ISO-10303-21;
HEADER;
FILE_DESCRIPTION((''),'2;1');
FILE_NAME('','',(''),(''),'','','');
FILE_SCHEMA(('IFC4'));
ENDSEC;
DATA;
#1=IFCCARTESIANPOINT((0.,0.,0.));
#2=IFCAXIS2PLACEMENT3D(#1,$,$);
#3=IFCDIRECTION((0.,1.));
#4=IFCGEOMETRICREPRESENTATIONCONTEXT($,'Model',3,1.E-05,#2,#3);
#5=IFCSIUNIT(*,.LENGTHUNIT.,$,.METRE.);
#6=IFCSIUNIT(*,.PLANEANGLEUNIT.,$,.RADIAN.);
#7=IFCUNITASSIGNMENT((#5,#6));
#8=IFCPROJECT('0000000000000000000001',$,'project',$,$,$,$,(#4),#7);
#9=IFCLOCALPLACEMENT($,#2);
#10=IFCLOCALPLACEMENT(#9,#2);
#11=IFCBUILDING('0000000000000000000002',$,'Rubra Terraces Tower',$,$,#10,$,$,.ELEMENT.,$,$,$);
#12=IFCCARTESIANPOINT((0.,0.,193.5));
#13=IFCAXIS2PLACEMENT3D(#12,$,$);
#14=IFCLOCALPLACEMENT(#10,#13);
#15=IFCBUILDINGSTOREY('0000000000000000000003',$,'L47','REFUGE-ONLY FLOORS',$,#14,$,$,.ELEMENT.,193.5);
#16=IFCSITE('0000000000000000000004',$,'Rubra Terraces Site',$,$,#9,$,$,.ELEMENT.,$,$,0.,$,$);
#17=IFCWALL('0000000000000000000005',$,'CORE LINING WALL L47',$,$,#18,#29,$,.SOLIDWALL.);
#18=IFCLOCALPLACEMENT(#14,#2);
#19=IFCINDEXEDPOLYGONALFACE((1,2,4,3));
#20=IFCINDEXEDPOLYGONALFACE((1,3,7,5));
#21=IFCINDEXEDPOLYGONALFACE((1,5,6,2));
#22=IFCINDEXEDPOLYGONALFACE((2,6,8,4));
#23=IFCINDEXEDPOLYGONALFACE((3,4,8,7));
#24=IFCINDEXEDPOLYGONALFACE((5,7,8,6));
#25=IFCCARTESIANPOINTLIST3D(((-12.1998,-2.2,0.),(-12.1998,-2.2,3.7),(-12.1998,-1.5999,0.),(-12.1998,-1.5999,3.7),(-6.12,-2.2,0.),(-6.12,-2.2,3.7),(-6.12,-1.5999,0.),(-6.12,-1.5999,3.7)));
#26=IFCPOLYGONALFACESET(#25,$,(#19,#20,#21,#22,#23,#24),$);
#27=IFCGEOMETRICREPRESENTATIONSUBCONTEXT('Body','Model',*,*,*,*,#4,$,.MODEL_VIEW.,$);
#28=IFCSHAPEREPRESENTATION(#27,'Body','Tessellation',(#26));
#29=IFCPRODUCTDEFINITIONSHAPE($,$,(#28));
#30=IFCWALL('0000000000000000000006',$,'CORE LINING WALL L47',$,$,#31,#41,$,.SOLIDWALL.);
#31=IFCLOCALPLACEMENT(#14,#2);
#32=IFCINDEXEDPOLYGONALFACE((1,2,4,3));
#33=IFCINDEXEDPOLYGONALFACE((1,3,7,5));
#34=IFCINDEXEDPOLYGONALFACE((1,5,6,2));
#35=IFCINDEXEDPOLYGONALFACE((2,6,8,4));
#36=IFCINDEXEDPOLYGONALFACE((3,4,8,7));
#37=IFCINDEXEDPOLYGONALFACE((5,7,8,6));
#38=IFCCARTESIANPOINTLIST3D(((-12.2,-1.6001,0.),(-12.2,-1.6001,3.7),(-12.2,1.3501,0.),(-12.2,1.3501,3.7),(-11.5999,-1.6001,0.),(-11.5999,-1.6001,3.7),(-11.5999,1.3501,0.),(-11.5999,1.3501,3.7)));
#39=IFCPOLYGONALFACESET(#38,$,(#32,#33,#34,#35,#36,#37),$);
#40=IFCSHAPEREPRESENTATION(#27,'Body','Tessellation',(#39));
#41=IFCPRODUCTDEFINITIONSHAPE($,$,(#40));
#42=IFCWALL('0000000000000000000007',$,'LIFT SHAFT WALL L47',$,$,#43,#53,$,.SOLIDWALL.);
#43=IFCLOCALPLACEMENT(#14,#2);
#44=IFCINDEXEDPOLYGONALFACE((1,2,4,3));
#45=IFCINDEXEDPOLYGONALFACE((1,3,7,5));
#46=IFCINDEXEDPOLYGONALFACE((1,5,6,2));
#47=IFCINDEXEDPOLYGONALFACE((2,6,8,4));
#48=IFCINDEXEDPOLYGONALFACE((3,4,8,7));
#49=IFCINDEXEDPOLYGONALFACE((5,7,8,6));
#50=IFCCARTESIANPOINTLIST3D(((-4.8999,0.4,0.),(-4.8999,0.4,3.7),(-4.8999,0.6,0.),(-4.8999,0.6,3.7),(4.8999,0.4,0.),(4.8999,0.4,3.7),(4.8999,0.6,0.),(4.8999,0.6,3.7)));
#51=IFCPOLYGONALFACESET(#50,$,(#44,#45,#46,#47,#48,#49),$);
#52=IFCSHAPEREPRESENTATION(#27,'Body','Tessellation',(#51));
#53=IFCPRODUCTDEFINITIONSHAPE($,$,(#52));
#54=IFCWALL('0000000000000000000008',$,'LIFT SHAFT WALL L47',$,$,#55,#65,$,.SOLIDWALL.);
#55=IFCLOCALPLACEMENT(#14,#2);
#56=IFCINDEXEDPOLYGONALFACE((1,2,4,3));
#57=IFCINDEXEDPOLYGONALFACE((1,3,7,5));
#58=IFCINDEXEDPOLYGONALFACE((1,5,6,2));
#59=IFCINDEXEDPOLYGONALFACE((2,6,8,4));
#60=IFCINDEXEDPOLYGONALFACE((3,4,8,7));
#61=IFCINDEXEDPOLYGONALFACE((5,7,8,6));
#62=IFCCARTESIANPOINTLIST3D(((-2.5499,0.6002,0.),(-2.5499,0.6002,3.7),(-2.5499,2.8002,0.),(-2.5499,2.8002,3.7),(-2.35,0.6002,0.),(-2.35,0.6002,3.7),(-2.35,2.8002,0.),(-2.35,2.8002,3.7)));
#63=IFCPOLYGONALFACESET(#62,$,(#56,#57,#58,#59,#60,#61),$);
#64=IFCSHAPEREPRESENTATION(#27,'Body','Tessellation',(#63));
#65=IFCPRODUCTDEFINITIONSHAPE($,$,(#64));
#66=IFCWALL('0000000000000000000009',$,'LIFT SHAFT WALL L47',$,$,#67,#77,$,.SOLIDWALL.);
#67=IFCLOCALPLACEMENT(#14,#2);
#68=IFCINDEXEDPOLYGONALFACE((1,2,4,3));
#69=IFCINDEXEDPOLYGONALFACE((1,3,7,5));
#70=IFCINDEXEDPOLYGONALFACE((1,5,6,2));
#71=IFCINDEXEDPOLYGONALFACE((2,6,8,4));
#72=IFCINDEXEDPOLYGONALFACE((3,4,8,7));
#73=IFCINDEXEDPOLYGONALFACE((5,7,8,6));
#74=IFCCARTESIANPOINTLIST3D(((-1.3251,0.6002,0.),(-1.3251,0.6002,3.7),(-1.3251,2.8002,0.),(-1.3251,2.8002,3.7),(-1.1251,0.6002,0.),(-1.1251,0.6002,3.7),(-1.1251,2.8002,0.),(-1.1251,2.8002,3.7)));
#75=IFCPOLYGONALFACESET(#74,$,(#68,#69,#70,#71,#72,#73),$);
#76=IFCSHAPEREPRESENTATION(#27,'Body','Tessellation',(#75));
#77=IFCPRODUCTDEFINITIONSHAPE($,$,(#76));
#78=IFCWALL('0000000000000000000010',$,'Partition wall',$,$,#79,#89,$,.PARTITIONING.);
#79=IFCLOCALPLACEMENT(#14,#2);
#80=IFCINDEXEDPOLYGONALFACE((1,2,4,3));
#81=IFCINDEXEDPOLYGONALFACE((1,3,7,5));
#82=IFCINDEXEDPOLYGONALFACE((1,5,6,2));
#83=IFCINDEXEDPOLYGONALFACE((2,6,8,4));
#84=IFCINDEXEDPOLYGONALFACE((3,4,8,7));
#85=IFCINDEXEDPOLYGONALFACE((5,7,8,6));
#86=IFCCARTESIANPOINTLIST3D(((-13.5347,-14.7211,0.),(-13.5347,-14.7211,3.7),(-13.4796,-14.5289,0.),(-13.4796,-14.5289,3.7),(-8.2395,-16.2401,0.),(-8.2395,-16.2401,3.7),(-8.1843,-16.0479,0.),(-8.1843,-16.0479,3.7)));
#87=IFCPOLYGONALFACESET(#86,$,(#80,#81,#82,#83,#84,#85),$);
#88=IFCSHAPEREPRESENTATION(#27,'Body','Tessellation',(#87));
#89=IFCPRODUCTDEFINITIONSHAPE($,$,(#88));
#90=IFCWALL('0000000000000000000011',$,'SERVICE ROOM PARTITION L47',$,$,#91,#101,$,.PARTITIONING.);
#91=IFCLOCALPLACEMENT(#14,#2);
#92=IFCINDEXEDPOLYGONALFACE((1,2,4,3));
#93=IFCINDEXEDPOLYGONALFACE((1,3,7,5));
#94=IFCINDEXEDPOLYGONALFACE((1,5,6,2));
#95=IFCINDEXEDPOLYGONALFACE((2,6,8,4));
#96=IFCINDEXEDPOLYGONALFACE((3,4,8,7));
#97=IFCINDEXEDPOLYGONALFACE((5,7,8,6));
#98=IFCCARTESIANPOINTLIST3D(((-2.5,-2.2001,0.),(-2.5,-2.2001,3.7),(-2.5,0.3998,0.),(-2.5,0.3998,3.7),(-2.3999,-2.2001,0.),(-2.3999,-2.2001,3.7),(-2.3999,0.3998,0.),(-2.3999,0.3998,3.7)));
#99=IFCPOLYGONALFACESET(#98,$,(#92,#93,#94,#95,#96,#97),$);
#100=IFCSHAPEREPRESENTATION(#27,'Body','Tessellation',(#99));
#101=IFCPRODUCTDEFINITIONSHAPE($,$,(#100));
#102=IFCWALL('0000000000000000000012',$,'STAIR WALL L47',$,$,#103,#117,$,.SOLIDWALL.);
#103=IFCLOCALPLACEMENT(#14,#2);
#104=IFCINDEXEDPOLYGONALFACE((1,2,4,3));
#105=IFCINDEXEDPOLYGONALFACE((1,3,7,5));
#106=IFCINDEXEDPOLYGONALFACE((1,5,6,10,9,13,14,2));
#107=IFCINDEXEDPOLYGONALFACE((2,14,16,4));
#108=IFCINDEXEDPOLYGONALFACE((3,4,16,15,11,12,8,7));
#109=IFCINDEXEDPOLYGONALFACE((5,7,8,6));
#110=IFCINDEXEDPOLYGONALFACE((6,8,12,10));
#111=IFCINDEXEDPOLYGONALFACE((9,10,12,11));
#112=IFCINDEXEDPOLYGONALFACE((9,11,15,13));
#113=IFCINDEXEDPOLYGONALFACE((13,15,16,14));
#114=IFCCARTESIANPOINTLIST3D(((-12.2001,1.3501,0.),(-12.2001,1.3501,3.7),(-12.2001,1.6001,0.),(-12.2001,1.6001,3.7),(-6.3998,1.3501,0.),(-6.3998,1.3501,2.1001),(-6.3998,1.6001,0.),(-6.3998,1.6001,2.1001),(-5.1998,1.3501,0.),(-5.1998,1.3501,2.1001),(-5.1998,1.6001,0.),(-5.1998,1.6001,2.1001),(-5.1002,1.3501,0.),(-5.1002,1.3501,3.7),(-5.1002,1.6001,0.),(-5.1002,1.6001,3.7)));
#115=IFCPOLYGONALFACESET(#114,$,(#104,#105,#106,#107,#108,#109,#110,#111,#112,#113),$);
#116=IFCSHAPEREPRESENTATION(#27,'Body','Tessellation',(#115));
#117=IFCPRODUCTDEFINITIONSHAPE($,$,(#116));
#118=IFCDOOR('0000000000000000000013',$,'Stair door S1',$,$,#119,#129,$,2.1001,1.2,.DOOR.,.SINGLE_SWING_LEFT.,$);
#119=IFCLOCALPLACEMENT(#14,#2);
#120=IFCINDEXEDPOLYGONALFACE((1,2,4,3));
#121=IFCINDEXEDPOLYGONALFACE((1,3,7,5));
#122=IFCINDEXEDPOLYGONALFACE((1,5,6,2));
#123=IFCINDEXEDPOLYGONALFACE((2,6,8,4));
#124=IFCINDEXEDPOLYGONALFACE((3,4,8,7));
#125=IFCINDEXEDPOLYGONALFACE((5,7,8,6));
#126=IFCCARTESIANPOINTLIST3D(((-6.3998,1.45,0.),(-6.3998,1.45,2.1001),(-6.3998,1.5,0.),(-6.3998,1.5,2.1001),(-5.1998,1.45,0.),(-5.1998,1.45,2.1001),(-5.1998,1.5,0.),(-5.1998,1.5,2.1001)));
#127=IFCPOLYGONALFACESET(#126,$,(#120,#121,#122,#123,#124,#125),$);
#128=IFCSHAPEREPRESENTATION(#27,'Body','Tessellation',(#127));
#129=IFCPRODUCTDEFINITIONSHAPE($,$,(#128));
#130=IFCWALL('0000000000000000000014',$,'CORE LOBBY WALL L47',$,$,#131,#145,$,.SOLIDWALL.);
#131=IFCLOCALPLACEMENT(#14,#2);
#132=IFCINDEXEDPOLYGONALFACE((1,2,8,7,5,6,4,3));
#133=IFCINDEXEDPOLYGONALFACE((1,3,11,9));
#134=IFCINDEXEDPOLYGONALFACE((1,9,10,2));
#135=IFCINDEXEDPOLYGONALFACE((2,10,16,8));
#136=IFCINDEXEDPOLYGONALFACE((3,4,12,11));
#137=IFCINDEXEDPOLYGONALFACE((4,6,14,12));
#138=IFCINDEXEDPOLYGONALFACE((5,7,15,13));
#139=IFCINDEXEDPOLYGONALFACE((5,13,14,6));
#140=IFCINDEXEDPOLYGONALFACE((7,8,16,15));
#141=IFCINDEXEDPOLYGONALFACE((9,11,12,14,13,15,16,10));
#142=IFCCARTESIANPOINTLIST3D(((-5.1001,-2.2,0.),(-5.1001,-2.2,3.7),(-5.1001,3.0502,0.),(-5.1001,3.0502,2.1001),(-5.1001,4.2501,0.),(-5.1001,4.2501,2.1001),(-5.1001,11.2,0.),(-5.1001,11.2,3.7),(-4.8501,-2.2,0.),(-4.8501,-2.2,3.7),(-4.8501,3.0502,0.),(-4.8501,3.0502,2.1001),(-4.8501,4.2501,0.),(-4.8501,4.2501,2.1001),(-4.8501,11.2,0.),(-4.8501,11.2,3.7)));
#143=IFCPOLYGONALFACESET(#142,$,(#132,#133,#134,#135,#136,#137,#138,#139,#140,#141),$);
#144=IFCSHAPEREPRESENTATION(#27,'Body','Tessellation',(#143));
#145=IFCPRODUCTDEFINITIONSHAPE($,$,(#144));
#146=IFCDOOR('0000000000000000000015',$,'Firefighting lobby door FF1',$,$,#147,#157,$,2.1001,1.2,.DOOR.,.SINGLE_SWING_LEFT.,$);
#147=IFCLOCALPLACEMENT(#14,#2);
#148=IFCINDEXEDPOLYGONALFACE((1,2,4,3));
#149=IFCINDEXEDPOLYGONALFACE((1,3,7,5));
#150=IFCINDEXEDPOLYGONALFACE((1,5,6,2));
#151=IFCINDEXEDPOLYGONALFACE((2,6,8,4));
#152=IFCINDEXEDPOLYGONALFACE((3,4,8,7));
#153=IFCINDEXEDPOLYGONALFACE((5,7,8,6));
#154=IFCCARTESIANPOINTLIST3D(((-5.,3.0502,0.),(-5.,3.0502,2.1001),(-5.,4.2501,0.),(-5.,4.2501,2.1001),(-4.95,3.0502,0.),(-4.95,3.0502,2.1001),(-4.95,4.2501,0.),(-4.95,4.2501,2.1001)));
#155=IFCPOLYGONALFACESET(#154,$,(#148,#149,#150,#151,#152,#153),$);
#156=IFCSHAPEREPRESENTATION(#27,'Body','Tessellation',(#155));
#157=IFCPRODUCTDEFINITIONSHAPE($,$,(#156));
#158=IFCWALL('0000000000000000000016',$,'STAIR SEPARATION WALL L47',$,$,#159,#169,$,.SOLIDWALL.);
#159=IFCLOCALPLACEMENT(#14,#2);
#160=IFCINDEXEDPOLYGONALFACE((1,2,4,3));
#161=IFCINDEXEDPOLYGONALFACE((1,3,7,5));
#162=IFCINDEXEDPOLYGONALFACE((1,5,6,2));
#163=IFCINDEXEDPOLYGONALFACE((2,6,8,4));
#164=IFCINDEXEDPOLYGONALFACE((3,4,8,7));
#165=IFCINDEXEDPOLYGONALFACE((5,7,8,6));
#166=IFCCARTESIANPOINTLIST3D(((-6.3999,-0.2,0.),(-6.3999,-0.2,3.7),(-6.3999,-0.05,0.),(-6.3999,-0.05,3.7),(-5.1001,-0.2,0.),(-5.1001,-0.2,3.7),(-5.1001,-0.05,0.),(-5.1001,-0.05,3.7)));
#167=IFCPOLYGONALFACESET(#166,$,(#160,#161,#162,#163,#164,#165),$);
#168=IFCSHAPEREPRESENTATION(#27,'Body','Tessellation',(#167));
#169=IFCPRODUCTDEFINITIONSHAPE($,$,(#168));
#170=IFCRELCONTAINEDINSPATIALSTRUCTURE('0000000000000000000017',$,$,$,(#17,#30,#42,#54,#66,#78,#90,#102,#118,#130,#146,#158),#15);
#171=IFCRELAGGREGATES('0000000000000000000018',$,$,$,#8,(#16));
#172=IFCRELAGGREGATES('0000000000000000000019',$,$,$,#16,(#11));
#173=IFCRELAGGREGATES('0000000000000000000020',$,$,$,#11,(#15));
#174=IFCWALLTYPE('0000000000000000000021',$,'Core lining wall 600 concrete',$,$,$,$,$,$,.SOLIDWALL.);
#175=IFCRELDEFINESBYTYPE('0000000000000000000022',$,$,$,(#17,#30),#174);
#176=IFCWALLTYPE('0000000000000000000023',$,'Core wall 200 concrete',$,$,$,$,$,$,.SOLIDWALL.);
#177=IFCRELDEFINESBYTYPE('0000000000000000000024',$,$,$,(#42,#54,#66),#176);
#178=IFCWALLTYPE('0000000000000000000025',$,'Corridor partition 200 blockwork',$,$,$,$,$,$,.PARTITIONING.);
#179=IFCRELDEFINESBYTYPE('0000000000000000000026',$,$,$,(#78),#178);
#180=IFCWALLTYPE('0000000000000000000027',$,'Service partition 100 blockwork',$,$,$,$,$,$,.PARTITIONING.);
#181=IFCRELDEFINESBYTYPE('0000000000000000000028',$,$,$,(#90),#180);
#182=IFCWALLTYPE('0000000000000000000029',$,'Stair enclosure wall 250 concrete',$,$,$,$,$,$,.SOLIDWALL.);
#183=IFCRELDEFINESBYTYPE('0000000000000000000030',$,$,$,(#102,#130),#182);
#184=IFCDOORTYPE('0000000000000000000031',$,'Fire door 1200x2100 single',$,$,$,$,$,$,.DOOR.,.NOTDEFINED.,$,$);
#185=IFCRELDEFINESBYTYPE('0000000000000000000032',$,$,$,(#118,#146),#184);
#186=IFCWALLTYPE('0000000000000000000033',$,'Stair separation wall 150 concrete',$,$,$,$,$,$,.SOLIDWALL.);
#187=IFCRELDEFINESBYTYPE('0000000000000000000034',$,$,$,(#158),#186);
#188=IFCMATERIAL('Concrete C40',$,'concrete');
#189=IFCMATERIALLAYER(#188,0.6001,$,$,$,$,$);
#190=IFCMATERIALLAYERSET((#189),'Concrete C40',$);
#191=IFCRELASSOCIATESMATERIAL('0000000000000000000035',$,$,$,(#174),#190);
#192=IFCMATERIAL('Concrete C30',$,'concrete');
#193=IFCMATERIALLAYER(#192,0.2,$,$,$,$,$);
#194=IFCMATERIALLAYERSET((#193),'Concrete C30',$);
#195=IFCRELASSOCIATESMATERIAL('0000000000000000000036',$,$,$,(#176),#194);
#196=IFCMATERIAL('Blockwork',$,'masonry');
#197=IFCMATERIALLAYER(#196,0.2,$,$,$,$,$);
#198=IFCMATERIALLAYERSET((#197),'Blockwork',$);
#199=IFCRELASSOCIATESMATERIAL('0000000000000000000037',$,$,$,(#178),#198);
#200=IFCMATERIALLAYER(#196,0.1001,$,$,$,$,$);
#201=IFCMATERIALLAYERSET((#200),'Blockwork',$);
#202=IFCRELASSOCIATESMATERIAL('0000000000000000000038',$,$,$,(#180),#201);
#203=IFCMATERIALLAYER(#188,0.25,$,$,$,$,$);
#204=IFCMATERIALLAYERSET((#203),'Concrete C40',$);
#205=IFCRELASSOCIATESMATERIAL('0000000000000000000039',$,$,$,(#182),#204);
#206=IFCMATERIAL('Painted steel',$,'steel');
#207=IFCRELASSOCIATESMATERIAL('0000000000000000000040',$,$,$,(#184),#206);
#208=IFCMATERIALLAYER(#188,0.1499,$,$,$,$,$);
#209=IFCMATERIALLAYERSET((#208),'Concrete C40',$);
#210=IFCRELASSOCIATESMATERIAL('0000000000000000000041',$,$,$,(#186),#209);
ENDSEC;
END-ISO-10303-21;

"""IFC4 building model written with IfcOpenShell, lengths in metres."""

from ifc_helpers import new_model, si_unit, direction, frame, frame_2d, origin, place, context, subcontext, project, spatial, rectangle, extrude, material, layer, layer_set, type_object, element, fill, save


model = new_model("IFC4")

# Units and contexts
model_context = context("Model", 3, precision=1e-05, world=origin(), true_north=direction((0.0, 1.0)))
body_context = subcontext(model_context, "Body", "Model", "MODEL_VIEW")
ifc_project = project(units=[si_unit("LENGTHUNIT", "METRE"), si_unit("PLANEANGLEUNIT", "RADIAN")], contexts=[model_context])

# Site, building, storey
site_placement = place(None, origin())
site = spatial("IfcSite", under=ifc_project, at=site_placement, Name="Rubra Terraces Site", CompositionType="ELEMENT", RefElevation=0.0)
building_placement = place(site_placement, origin())
building = spatial("IfcBuilding", under=site, at=building_placement, Name="Rubra Terraces Tower", CompositionType="ELEMENT")
storey_placement = place(building_placement, frame((0.0, 0.0, 193.5)))
storey = spatial("IfcBuildingStorey", under=building, at=storey_placement, Name="L47", Description="REFUGE-ONLY FLOORS", CompositionType="ELEMENT", Elevation=193.5)

# Shared definitions
ifc_material_1 = material(Name="Painted steel", Category="steel")

# Walls
ifc_material_2 = material(Name="Concrete C40", Category="concrete")
ifc_layer_1 = layer(ifc_material_2, 0.6001)
ifc_layer_set_1 = layer_set([ifc_layer_1], Name="Concrete C40")
wall_type_1 = type_object("IfcWallType", Name="Core lining wall 600 concrete", PredefinedType="SOLIDWALL", material=ifc_layer_set_1)
wall_1_placement = place(storey_placement, frame((-12.2, -1.8999, 0.0), z_axis=(0.0, 0.0, 1.0), x_axis=(1.0, 0.0, 0.0)))
element("IfcWall", 1, at=wall_1_placement, inside=storey, type_object=wall_type_1, Name="CORE LINING WALL L47", PredefinedType="SOLIDWALL", context=body_context, shape_type="SweptSolid", body=[
    extrude(rectangle(XDim=6.0798, YDim=0.6001, at=frame_2d((3.04, 0.0))), origin(), (0.0, 0.0, 1.0), 3.7),
])
wall_2_placement = place(storey_placement, frame((-11.8999, -1.6001, 0.0), z_axis=(0.0, 0.0, 1.0), x_axis=(0.0, 1.0, 0.0)))
element("IfcWall", 2, at=wall_2_placement, inside=storey, type_object=wall_type_1, Name="CORE LINING WALL L47", PredefinedType="SOLIDWALL", context=body_context, shape_type="SweptSolid", body=[
    extrude(rectangle(XDim=2.9502, YDim=0.6001, at=frame_2d((1.4751, 0.0))), origin(), (0.0, 0.0, 1.0), 3.7),
])
ifc_material_3 = material(Name="Concrete C30", Category="concrete")
ifc_layer_2 = layer(ifc_material_3, 0.2)
ifc_layer_set_2 = layer_set([ifc_layer_2], Name="Concrete C30")
wall_type_2 = type_object("IfcWallType", Name="Core wall 200 concrete", PredefinedType="SOLIDWALL", material=ifc_layer_set_2)
wall_3_placement = place(storey_placement, frame((-4.8999, 0.5, 0.0), z_axis=(0.0, 0.0, 1.0), x_axis=(1.0, 0.0, 0.0)))
element("IfcWall", 3, at=wall_3_placement, inside=storey, type_object=wall_type_2, Name="LIFT SHAFT WALL L47", PredefinedType="SOLIDWALL", context=body_context, shape_type="SweptSolid", body=[
    extrude(rectangle(XDim=9.7998, YDim=0.2, at=frame_2d((4.8999, 0.0))), origin(), (0.0, 0.0, 1.0), 3.7),
])
for number, where, z_axis, x_axis, name in (
    (4, (-2.45, 0.6001, 0.0), (0.0, 0.0, 1.0), (0.0, 1.0, 0.0), "LIFT SHAFT WALL L47"),
    (5, (-1.2251, 0.6001, 0.0), (0.0, 0.0, 1.0), (0.0, 1.0, 0.0), "LIFT SHAFT WALL L47"),
):
    element("IfcWall", number, at=place(storey_placement, frame(where, z_axis=z_axis, x_axis=x_axis)), inside=storey, type_object=wall_type_2, Name=name, PredefinedType="SOLIDWALL", context=body_context, shape_type="SweptSolid", body=[
        extrude(rectangle(XDim=2.2, YDim=0.2, at=frame_2d((1.1001, 0.0))), origin(), (0.0, 0.0, 1.0), 3.7),
    ])
ifc_material_4 = material(Name="Blockwork", Category="masonry")
ifc_layer_3 = layer(ifc_material_4, 0.2)
ifc_layer_set_3 = layer_set([ifc_layer_3], Name="Blockwork")
wall_type_3 = type_object("IfcWallType", Name="Corridor partition 200 blockwork", PredefinedType="PARTITIONING", material=ifc_layer_set_3)
wall_4_placement = place(storey_placement, frame((-8.2119, -16.144, 0.0), z_axis=(0.0, 0.0, 1.0), x_axis=(-0.961229, 0.275751, 0.0)))
element("IfcWall", 6, at=wall_4_placement, inside=storey, type_object=wall_type_3, Name="Partition wall", PredefinedType="PARTITIONING", context=body_context, shape_type="SweptSolid", body=[
    extrude(rectangle(XDim=5.5088, YDim=0.2, at=frame_2d((2.7544, 0.0))), origin(), (0.0, 0.0, 1.0), 3.7),
])
ifc_layer_4 = layer(ifc_material_4, 0.1001)
ifc_layer_set_4 = layer_set([ifc_layer_4], Name="Blockwork")
wall_type_4 = type_object("IfcWallType", Name="Service partition 100 blockwork", PredefinedType="PARTITIONING", material=ifc_layer_set_4)
wall_5_placement = place(storey_placement, frame((-2.45, -2.2, 0.0), z_axis=(0.0, 0.0, 1.0), x_axis=(0.0, 1.0, 0.0)))
element("IfcWall", 7, at=wall_5_placement, inside=storey, type_object=wall_type_4, Name="SERVICE ROOM PARTITION L47", PredefinedType="PARTITIONING", context=body_context, shape_type="SweptSolid", body=[
    extrude(rectangle(XDim=2.5999, YDim=0.1001, at=frame_2d((1.2998, 0.0))), origin(), (0.0, 0.0, 1.0), 3.7),
])

# Walls, openings, doors
ifc_layer_5 = layer(ifc_material_2, 0.25)
ifc_layer_set_5 = layer_set([ifc_layer_5], Name="Concrete C40")
wall_type_5 = type_object("IfcWallType", Name="Stair enclosure wall 250 concrete", PredefinedType="SOLIDWALL", material=ifc_layer_set_5)
wall_6_placement = place(storey_placement, frame((-12.2, 1.4751, 0.0), z_axis=(0.0, 0.0, 1.0), x_axis=(1.0, 0.0, 0.0)))
wall_6 = element("IfcWall", 8, at=wall_6_placement, inside=storey, type_object=wall_type_5, Name="STAIR WALL L47", PredefinedType="SOLIDWALL", context=body_context, shape_type="SweptSolid", body=[
    extrude(rectangle(XDim=7.0999, YDim=0.25, at=frame_2d((3.5498, 0.0))), origin(), (0.0, 0.0, 1.0), 3.7),
])
opening_1_placement = place(wall_6_placement, frame((5.8, 0.0, 0.0)))
opening_1 = element("IfcOpeningElement", 9, at=opening_1_placement, cuts=wall_6, PredefinedType="OPENING", context=body_context, shape_type="SweptSolid", body=[
    extrude(rectangle(XDim=1.2, YDim=2.1001, at=frame_2d((0.6001, 1.05))), frame((0.0, 0.135, 0.0), z_axis=(0.0, -1.0, 0.0), x_axis=(1.0, 0.0, 0.0)), (0.0, 0.0, 1.0), 0.27),
])
door_type_1 = type_object("IfcDoorType", Name="Fire door 1200x2100 single", OperationType="NOTDEFINED", PredefinedType="DOOR", material=ifc_material_1)
door_1_placement = place(opening_1_placement, origin())
door_1 = element("IfcDoor", 10, at=door_1_placement, inside=storey, type_object=door_type_1, Name="Stair door S1", OperationType="SINGLE_SWING_LEFT", OverallHeight=2.1001, OverallWidth=1.2, PredefinedType="DOOR", context=body_context, shape_type="SweptSolid", body=[
    extrude(rectangle(XDim=1.2, YDim=2.1001, at=frame_2d((0.6001, 1.05))), frame((0.0, 0.0249, 0.0), z_axis=(0.0, -1.0, 0.0), x_axis=(1.0, 0.0, 0.0)), (0.0, 0.0, 1.0), 0.05),
])
fill(opening_1, door_1)
wall_7_placement = place(storey_placement, frame((-4.9751, -2.2, 0.0), z_axis=(0.0, 0.0, 1.0), x_axis=(0.0, 1.0, 0.0)))
wall_7 = element("IfcWall", 11, at=wall_7_placement, inside=storey, type_object=wall_type_5, Name="CORE LOBBY WALL L47", PredefinedType="SOLIDWALL", context=body_context, shape_type="SweptSolid", body=[
    extrude(rectangle(XDim=13.3999, YDim=0.25, at=frame_2d((6.7, 0.0))), origin(), (0.0, 0.0, 1.0), 3.7),
])
opening_2_placement = place(wall_7_placement, frame((5.25, 0.0, 0.0)))
opening_2 = element("IfcOpeningElement", 12, at=opening_2_placement, cuts=wall_7, PredefinedType="OPENING", context=body_context, shape_type="SweptSolid", body=[
    extrude(rectangle(XDim=1.2, YDim=2.1001, at=frame_2d((0.6001, 1.05))), frame((0.0, 0.135, 0.0), z_axis=(0.0, -1.0, 0.0), x_axis=(1.0, 0.0, 0.0)), (0.0, 0.0, 1.0), 0.27),
])
door_2_placement = place(opening_2_placement, origin())
door_2 = element("IfcDoor", 13, at=door_2_placement, inside=storey, type_object=door_type_1, Name="Firefighting lobby door FF1", OperationType="SINGLE_SWING_LEFT", OverallHeight=2.1001, OverallWidth=1.2, PredefinedType="DOOR", context=body_context, shape_type="SweptSolid", body=[
    extrude(rectangle(XDim=1.2, YDim=2.1001, at=frame_2d((0.6001, 1.05))), frame((0.0, 0.0249, 0.0), z_axis=(0.0, -1.0, 0.0), x_axis=(1.0, 0.0, 0.0)), (0.0, 0.0, 1.0), 0.05),
])
fill(opening_2, door_2)

# Wall
ifc_layer_6 = layer(ifc_material_2, 0.1499)
ifc_layer_set_6 = layer_set([ifc_layer_6], Name="Concrete C40")
wall_type_6 = type_object("IfcWallType", Name="Stair separation wall 150 concrete", PredefinedType="SOLIDWALL", material=ifc_layer_set_6)
wall_8_placement = place(storey_placement, frame((-6.3999, -0.125, 0.0), z_axis=(0.0, 0.0, 1.0), x_axis=(1.0, 0.0, 0.0)))
element("IfcWall", 14, at=wall_8_placement, inside=storey, type_object=wall_type_6, Name="STAIR SEPARATION WALL L47", PredefinedType="SOLIDWALL", context=body_context, shape_type="SweptSolid", body=[
    extrude(rectangle(XDim=1.2998, YDim=0.1499, at=frame_2d((0.6499, 0.0))), origin(), (0.0, 0.0, 1.0), 3.7),
])

save(model, "model.ifc")
